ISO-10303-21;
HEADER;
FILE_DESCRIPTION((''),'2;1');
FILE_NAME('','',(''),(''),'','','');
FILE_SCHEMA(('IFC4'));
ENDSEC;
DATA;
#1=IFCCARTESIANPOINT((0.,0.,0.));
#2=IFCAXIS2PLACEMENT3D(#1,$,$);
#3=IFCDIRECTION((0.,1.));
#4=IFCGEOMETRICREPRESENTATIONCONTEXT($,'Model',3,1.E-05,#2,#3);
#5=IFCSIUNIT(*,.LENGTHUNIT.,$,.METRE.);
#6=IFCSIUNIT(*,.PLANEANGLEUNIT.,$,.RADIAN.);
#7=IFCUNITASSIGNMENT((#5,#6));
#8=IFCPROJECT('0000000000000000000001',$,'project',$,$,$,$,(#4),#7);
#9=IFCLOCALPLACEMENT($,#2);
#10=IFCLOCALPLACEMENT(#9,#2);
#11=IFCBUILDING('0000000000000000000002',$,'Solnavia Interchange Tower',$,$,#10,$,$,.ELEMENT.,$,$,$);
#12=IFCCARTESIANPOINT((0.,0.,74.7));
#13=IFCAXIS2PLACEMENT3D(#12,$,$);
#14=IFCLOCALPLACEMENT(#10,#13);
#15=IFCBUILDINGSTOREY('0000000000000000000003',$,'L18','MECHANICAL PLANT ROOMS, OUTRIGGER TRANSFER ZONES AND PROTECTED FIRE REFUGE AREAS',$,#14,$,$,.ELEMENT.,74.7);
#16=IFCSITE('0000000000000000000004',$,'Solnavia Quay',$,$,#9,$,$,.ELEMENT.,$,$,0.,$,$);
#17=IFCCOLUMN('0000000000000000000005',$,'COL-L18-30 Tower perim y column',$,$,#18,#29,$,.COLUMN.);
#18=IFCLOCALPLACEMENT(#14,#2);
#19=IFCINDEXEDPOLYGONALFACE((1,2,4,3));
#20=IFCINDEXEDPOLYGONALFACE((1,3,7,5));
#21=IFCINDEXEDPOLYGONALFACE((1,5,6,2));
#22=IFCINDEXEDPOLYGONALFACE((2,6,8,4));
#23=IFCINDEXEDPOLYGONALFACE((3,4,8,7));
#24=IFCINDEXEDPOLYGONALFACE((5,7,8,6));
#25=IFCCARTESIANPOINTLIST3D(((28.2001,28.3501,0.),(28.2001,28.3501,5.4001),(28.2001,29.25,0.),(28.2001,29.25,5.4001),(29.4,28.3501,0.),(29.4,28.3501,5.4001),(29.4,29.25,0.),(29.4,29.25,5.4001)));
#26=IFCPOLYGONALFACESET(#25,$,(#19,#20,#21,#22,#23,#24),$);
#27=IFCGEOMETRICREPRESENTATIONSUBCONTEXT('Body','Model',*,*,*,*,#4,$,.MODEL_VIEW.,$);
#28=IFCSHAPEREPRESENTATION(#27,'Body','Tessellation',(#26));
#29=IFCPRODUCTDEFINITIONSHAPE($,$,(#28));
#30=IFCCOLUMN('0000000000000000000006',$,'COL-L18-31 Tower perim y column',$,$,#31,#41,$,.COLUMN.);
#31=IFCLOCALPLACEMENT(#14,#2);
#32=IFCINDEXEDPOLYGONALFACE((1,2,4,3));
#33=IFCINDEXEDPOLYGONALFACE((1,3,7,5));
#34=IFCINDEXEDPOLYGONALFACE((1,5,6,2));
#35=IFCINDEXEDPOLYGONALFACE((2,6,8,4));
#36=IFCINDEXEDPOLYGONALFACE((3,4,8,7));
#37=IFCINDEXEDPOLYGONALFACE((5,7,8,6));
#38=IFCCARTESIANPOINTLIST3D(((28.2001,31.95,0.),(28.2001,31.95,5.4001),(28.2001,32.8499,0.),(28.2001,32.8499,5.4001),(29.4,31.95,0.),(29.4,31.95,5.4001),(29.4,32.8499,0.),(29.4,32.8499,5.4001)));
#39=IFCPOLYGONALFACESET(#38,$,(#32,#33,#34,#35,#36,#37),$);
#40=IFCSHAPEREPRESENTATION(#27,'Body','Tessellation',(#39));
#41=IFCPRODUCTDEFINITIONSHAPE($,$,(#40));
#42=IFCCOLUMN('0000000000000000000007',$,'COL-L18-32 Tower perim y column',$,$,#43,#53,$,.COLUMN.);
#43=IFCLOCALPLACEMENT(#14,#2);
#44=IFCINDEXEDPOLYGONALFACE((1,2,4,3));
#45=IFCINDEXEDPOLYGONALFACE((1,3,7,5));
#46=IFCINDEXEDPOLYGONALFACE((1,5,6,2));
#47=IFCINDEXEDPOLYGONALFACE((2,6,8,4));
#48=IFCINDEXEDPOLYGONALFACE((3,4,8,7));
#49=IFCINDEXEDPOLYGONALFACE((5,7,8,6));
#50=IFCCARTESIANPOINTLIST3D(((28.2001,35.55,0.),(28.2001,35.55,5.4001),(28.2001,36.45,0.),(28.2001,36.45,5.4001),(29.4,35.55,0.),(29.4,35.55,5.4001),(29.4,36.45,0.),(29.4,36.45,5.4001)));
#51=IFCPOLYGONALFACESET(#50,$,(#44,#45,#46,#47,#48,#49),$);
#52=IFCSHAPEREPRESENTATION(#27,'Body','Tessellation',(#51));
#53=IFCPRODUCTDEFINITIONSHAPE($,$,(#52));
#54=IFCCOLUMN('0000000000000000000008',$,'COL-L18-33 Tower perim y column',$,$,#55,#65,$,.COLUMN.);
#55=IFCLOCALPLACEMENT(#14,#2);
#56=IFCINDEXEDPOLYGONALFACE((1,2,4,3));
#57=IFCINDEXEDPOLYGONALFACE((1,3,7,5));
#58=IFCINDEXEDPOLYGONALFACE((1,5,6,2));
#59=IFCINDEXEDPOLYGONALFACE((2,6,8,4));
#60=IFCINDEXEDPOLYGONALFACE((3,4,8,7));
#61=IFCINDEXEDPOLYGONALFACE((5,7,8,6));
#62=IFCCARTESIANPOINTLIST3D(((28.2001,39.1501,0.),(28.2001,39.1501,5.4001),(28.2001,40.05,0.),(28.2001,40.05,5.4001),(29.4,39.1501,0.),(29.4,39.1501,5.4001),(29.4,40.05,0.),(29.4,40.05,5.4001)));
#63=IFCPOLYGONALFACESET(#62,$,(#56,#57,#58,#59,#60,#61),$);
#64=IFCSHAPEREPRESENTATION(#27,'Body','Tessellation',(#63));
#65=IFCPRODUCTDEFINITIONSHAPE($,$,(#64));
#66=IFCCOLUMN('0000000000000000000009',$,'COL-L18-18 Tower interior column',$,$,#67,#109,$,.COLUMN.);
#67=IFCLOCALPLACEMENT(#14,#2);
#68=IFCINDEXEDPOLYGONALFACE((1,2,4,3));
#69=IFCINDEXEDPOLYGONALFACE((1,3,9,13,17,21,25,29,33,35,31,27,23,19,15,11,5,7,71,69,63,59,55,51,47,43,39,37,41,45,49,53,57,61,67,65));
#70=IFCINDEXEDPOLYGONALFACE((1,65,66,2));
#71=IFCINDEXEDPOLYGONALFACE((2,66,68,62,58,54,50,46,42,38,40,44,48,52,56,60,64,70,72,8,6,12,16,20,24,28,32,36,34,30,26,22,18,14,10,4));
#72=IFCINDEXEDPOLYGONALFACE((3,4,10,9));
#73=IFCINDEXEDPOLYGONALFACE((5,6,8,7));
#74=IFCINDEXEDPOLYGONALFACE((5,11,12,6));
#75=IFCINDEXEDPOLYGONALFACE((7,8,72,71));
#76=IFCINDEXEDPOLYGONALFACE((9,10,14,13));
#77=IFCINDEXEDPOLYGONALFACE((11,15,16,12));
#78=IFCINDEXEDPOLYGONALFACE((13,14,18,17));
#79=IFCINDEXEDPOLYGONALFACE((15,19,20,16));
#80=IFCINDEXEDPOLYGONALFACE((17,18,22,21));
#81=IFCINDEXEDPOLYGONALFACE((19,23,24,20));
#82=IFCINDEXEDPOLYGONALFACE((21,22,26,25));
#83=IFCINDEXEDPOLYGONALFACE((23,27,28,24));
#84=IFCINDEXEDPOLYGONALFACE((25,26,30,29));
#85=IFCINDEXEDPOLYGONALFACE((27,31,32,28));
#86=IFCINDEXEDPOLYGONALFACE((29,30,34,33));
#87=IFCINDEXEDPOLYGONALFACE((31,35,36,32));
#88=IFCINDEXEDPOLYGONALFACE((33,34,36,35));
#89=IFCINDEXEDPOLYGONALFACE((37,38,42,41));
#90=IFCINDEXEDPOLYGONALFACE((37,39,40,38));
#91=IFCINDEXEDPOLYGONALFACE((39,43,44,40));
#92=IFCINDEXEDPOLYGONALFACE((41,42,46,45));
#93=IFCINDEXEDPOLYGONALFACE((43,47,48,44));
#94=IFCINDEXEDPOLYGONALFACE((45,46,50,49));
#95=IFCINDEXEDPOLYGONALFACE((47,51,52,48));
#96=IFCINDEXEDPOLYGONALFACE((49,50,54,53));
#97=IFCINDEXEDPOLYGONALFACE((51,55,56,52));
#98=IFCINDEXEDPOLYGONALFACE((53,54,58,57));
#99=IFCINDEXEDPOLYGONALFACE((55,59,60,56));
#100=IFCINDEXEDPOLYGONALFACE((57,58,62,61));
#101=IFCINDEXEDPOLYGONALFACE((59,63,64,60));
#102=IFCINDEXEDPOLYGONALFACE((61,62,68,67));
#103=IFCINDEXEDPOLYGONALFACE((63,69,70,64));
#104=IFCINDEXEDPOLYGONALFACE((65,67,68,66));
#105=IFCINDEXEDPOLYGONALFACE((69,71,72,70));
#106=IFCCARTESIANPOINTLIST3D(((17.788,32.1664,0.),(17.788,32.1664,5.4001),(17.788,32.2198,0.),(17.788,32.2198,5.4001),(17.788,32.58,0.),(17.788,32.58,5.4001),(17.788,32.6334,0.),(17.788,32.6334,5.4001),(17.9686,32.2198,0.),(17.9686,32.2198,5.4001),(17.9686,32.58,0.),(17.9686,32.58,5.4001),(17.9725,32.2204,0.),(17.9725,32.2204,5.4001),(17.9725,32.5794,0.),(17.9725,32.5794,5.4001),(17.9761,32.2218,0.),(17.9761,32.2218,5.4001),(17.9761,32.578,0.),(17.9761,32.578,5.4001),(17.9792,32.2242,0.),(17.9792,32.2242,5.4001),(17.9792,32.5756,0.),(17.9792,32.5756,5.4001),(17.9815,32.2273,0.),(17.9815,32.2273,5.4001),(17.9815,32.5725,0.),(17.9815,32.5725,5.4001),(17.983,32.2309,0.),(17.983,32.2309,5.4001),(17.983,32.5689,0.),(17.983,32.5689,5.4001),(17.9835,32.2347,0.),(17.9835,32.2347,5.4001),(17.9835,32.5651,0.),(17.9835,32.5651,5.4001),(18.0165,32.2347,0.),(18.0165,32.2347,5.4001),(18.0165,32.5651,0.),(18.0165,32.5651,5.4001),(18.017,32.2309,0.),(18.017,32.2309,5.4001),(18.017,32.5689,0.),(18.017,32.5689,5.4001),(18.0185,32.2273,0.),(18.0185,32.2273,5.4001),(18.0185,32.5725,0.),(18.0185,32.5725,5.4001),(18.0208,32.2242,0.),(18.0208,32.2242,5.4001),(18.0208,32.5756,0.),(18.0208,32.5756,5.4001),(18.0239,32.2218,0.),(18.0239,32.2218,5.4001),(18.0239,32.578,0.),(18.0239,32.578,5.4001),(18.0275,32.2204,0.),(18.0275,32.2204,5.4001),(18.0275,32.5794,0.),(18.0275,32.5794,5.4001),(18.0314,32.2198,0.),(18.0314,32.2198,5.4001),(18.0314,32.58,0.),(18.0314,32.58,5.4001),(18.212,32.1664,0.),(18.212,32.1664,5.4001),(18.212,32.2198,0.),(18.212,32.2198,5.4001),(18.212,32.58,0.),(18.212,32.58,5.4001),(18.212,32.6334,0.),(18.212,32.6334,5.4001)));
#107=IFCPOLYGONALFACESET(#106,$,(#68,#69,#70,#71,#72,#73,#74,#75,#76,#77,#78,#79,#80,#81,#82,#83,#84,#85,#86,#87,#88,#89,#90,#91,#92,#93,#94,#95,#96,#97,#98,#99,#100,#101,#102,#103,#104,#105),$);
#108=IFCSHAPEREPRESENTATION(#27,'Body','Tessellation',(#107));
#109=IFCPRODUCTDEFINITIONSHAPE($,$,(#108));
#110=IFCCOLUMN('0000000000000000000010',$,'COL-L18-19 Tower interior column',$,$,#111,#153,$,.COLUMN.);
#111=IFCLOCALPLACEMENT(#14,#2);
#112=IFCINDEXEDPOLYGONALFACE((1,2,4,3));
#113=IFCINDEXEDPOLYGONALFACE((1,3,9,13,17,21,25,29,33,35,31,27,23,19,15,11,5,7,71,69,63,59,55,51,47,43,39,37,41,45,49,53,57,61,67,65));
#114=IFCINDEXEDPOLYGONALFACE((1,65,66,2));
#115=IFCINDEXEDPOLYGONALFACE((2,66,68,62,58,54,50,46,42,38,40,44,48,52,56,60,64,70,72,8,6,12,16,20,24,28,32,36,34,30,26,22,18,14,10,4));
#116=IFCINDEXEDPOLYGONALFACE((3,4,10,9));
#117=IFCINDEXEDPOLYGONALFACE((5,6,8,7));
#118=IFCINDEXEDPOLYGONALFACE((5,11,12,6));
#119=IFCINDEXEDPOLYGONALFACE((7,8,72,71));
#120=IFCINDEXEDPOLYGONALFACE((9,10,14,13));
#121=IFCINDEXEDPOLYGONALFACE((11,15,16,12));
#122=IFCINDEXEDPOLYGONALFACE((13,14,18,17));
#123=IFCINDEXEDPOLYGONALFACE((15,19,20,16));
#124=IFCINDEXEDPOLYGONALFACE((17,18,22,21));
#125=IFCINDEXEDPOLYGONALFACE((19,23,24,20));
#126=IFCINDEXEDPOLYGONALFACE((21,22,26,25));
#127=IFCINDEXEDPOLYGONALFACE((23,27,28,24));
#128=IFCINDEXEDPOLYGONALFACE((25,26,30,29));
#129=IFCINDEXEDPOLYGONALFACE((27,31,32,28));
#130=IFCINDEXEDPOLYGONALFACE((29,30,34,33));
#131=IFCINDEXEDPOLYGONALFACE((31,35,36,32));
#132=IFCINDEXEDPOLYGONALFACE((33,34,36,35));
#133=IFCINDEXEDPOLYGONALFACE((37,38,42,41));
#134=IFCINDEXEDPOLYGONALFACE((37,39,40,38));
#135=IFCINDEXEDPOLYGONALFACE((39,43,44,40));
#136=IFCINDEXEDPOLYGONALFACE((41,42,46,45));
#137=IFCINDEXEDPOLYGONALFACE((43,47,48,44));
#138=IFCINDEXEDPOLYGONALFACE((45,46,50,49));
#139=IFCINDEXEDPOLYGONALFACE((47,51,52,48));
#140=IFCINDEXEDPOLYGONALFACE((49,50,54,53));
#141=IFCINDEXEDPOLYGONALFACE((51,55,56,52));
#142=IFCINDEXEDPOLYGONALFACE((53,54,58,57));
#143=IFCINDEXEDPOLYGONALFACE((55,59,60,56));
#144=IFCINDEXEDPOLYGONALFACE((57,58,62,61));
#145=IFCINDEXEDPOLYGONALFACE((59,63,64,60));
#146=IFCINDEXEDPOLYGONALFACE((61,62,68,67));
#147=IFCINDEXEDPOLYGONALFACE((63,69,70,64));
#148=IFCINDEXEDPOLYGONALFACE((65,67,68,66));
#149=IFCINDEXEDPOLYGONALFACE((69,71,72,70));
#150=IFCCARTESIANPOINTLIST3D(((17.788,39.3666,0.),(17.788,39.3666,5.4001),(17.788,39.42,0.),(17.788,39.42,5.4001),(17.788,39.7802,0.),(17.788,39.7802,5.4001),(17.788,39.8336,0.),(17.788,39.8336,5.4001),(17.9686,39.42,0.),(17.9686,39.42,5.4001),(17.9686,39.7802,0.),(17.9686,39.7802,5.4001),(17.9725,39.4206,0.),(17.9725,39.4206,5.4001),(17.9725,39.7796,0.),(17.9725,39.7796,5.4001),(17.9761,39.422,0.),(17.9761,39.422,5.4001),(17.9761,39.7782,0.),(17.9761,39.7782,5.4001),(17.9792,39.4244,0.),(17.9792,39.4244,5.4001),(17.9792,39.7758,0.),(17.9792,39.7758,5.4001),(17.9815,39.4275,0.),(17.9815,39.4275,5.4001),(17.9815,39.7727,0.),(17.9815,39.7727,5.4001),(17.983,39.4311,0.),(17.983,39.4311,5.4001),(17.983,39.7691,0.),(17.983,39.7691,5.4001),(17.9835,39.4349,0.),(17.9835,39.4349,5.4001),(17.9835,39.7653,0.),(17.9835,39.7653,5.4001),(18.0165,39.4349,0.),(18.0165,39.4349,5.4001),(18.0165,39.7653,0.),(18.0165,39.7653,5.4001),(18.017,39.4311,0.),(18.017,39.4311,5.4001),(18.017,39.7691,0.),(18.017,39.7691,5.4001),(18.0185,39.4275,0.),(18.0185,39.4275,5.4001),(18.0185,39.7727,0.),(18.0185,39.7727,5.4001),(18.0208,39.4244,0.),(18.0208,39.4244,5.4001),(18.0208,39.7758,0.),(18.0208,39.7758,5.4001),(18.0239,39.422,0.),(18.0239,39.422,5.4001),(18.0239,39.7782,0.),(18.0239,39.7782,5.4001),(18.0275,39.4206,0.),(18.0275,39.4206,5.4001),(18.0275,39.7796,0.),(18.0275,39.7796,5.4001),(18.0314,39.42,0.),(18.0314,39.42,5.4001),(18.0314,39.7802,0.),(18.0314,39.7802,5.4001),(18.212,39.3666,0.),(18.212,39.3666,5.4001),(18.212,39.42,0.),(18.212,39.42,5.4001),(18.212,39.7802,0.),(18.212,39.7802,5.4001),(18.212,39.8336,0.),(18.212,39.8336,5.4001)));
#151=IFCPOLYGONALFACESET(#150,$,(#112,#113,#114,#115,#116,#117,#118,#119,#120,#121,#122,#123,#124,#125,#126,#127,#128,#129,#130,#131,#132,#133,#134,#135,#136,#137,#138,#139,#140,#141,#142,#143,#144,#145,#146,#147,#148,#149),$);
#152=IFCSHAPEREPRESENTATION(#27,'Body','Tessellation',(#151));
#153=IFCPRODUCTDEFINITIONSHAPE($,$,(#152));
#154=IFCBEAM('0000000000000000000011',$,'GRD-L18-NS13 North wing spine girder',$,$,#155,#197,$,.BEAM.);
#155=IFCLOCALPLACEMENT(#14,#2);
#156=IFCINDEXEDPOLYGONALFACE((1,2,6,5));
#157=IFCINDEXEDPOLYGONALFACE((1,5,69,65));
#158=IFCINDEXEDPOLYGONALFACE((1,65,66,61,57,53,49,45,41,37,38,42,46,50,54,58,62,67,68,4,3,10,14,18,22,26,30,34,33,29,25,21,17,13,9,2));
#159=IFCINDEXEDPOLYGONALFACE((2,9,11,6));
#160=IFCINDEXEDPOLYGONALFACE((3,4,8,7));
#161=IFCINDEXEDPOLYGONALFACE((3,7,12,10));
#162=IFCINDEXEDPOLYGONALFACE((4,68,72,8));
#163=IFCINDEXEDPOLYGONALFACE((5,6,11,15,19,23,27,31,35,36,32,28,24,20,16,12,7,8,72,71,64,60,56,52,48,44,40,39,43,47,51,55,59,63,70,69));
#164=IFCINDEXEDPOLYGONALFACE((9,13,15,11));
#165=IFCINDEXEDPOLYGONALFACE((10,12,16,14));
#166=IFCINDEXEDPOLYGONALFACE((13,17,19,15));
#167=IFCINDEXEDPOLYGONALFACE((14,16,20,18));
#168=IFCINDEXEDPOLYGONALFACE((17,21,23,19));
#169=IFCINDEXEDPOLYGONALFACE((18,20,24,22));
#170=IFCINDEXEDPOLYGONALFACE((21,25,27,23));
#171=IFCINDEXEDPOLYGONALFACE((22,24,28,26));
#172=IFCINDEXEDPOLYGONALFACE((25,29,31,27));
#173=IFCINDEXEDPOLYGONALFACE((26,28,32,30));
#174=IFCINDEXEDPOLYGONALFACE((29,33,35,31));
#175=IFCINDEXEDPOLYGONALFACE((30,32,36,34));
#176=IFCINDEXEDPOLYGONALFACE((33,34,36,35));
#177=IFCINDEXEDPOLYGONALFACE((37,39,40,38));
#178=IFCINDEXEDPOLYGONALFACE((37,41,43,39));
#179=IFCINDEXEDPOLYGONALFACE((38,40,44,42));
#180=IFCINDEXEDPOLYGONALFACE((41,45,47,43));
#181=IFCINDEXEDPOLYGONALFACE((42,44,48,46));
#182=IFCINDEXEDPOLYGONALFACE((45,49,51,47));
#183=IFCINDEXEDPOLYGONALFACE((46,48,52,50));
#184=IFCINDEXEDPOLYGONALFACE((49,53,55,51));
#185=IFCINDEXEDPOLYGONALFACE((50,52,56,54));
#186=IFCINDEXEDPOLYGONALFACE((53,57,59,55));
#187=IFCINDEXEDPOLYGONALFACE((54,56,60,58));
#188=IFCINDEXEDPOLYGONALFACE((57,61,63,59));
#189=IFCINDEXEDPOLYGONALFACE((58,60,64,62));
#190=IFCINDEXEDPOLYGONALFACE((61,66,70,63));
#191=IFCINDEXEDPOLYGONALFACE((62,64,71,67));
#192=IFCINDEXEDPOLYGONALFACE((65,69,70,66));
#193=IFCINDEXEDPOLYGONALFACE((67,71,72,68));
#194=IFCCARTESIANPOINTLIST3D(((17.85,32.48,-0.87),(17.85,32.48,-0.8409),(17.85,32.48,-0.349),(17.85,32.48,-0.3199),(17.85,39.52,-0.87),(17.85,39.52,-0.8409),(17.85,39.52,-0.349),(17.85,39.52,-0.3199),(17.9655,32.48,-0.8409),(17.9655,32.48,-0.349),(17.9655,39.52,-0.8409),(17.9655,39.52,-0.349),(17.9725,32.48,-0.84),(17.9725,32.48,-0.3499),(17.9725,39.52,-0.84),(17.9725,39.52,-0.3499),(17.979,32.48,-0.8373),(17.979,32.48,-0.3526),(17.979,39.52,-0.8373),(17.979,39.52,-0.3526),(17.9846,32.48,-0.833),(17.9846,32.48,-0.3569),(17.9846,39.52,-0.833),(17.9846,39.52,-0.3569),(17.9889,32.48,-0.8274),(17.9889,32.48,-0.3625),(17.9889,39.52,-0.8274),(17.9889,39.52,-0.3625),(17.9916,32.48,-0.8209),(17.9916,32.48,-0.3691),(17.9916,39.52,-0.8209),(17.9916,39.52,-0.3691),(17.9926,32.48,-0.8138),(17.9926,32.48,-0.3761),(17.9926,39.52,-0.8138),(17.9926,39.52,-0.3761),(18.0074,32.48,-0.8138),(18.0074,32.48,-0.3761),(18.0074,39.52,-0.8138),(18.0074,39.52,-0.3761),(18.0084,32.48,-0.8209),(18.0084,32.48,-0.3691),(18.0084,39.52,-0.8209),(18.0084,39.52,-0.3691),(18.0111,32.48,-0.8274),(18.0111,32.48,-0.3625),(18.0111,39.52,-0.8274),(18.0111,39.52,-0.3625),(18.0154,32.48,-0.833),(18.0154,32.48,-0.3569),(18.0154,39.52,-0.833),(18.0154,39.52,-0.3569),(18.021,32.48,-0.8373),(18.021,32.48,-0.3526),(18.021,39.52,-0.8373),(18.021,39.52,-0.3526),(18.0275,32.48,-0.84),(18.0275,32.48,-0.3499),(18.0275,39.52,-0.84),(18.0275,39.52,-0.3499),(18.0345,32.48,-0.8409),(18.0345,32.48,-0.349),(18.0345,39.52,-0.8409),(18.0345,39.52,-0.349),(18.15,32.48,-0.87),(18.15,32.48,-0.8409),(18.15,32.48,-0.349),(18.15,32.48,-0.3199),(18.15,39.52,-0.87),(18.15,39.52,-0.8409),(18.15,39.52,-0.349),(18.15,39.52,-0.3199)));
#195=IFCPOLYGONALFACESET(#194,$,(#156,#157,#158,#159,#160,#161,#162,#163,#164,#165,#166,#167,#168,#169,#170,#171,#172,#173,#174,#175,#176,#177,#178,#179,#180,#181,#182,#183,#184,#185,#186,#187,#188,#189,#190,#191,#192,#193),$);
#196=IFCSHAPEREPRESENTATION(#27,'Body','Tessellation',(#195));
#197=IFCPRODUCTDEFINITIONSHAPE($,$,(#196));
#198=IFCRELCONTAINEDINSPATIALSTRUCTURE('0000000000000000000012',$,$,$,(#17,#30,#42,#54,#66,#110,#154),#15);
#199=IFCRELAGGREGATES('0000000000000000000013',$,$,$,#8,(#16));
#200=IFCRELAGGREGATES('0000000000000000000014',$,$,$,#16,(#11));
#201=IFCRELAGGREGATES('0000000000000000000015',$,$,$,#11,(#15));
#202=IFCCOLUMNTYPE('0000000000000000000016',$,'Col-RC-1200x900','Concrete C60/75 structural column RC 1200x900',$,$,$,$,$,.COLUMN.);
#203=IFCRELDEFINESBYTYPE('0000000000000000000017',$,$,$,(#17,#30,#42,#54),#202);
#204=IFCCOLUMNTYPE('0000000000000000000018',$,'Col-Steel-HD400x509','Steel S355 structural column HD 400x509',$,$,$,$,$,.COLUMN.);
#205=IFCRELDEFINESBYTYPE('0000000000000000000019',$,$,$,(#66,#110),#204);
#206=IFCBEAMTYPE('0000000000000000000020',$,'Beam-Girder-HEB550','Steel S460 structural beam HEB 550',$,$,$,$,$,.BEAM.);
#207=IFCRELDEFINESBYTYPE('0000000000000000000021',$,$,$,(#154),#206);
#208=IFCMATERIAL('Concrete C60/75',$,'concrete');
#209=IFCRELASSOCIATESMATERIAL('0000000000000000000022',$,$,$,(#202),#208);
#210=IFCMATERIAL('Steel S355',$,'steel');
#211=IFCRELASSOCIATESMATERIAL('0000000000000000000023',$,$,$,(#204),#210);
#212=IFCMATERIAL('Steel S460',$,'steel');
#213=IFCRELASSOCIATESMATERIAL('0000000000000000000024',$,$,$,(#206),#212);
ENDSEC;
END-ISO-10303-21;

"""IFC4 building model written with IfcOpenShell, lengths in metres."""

from ifc_helpers import new_model, si_unit, direction, frame, origin, origin_2d, place, context, subcontext, project, spatial, rectangle, i_section, extrude, material, material_profile, profile_set, type_object, element, save


model = new_model("IFC4")

# Units and contexts
model_context = context("Model", 3, precision=1e-05, world=origin(), true_north=direction((0.0, 1.0)))
body_context = subcontext(model_context, "Body", "Model", "MODEL_VIEW")
ifc_project = project(units=[si_unit("LENGTHUNIT", "METRE"), si_unit("PLANEANGLEUNIT", "RADIAN")], contexts=[model_context])

# Site, building, storey
site_placement = place(None, origin())
site = spatial("IfcSite", under=ifc_project, at=site_placement, Name="Solnavia Quay", CompositionType="ELEMENT", RefElevation=0.0)
building_placement = place(site_placement, origin())
building = spatial("IfcBuilding", under=site, at=building_placement, Name="Solnavia Interchange Tower", CompositionType="ELEMENT")
storey_placement = place(building_placement, frame((0.0, 0.0, 74.7)))
storey = spatial("IfcBuildingStorey", under=building, at=storey_placement, Name="L18", Description="MECHANICAL PLANT ROOMS, OUTRIGGER TRANSFER ZONES AND PROTECTED FIRE REFUGE AREAS", CompositionType="ELEMENT", Elevation=74.7)

# Columns
ifc_material_1 = material(Name="Concrete C60/75", Category="concrete")
ifc_material_profile_1 = material_profile(ifc_material_1, rectangle(XDim=0.8999, YDim=1.2, at=origin_2d()), Name="RC 1200x900")
ifc_profile_set_1 = profile_set([ifc_material_profile_1], Name="Concrete C60/75")
column_type_1 = type_object("IfcColumnType", Name="Col-RC-1200x900", Description="Concrete C60/75 structural column RC 1200x900", PredefinedType="COLUMN", material=ifc_profile_set_1)
for number, where, z_axis, x_axis, name in (
    (1, (28.8, 28.8, 0.0), (0.0, 0.0, 1.0), (0.0, 1.0, 0.0), "COL-L18-30 Tower perim y column"),
    (2, (28.8, 32.3999, 0.0), (0.0, 0.0, 1.0), (0.0, 1.0, 0.0), "COL-L18-31 Tower perim y column"),
    (3, (28.8, 36.0, 0.0), (0.0, 0.0, 1.0), (0.0, 1.0, 0.0), "COL-L18-32 Tower perim y column"),
    (4, (28.8, 39.6001, 0.0), (0.0, 0.0, 1.0), (0.0, 1.0, 0.0), "COL-L18-33 Tower perim y column"),
):
    element("IfcColumn", number, at=place(storey_placement, frame(where, z_axis=z_axis, x_axis=x_axis)), inside=storey, type_object=column_type_1, Name=name, PredefinedType="COLUMN", context=body_context, shape_type="SweptSolid", body=[
        extrude(rectangle(XDim=0.8999, YDim=1.2, at=origin_2d()), origin(), (0.0, 0.0, 1.0), 5.4001),
    ])
ifc_material_2 = material(Name="Steel S355", Category="steel")
ifc_material_profile_2 = material_profile(ifc_material_2, i_section(OverallWidth=0.4241, OverallDepth=0.467, WebThickness=0.033, FlangeThickness=0.0535, FilletRadius=0.0149, at=origin_2d()), Name="HD 400x509")
ifc_profile_set_2 = profile_set([ifc_material_profile_2], Name="Steel S355")
column_type_2 = type_object("IfcColumnType", Name="Col-Steel-HD400x509", Description="Steel S355 structural column HD 400x509", PredefinedType="COLUMN", material=ifc_profile_set_2)
for number, where, z_axis, x_axis, name in (
    (5, (18.0, 32.3999, 0.0), (0.0, 0.0, 1.0), (1.0, 0.0, 0.0), "COL-L18-18 Tower interior column"),
    (6, (18.0, 39.6001, 0.0), (0.0, 0.0, 1.0), (1.0, 0.0, 0.0), "COL-L18-19 Tower interior column"),
):
    element("IfcColumn", number, at=place(storey_placement, frame(where, z_axis=z_axis, x_axis=x_axis)), inside=storey, type_object=column_type_2, Name=name, PredefinedType="COLUMN", context=body_context, shape_type="SweptSolid", body=[
        extrude(i_section(OverallWidth=0.4241, OverallDepth=0.467, WebThickness=0.033, FlangeThickness=0.0535, FilletRadius=0.0149, at=origin_2d()), origin(), (0.0, 0.0, 1.0), 5.4001),
    ])

# Beam
ifc_material_3 = material(Name="Steel S460", Category="steel")
ifc_material_profile_3 = material_profile(ifc_material_3, i_section(OverallWidth=0.3, OverallDepth=0.55, WebThickness=0.0149, FlangeThickness=0.0291, FilletRadius=0.0271, at=origin_2d()), Name="HEB 550")
ifc_profile_set_3 = profile_set([ifc_material_profile_3], Name="Steel S460")
beam_type_1 = type_object("IfcBeamType", Name="Beam-Girder-HEB550", Description="Steel S460 structural beam HEB 550", PredefinedType="BEAM", material=ifc_profile_set_3)
beam_1_placement = place(storey_placement, frame((18.0, 32.48, -0.595), z_axis=(0.0, 1.0, 0.0), x_axis=(-1.0, 0.0, 0.0)))
element("IfcBeam", 7, at=beam_1_placement, inside=storey, type_object=beam_type_1, Name="GRD-L18-NS13 North wing spine girder", PredefinedType="BEAM", context=body_context, shape_type="SweptSolid", body=[
    extrude(i_section(OverallWidth=0.3, OverallDepth=0.55, WebThickness=0.0149, FlangeThickness=0.0291, FilletRadius=0.0271, at=origin_2d()), origin(), (0.0, 0.0, 1.0), 7.04),
])

save(model, "model.ifc")
